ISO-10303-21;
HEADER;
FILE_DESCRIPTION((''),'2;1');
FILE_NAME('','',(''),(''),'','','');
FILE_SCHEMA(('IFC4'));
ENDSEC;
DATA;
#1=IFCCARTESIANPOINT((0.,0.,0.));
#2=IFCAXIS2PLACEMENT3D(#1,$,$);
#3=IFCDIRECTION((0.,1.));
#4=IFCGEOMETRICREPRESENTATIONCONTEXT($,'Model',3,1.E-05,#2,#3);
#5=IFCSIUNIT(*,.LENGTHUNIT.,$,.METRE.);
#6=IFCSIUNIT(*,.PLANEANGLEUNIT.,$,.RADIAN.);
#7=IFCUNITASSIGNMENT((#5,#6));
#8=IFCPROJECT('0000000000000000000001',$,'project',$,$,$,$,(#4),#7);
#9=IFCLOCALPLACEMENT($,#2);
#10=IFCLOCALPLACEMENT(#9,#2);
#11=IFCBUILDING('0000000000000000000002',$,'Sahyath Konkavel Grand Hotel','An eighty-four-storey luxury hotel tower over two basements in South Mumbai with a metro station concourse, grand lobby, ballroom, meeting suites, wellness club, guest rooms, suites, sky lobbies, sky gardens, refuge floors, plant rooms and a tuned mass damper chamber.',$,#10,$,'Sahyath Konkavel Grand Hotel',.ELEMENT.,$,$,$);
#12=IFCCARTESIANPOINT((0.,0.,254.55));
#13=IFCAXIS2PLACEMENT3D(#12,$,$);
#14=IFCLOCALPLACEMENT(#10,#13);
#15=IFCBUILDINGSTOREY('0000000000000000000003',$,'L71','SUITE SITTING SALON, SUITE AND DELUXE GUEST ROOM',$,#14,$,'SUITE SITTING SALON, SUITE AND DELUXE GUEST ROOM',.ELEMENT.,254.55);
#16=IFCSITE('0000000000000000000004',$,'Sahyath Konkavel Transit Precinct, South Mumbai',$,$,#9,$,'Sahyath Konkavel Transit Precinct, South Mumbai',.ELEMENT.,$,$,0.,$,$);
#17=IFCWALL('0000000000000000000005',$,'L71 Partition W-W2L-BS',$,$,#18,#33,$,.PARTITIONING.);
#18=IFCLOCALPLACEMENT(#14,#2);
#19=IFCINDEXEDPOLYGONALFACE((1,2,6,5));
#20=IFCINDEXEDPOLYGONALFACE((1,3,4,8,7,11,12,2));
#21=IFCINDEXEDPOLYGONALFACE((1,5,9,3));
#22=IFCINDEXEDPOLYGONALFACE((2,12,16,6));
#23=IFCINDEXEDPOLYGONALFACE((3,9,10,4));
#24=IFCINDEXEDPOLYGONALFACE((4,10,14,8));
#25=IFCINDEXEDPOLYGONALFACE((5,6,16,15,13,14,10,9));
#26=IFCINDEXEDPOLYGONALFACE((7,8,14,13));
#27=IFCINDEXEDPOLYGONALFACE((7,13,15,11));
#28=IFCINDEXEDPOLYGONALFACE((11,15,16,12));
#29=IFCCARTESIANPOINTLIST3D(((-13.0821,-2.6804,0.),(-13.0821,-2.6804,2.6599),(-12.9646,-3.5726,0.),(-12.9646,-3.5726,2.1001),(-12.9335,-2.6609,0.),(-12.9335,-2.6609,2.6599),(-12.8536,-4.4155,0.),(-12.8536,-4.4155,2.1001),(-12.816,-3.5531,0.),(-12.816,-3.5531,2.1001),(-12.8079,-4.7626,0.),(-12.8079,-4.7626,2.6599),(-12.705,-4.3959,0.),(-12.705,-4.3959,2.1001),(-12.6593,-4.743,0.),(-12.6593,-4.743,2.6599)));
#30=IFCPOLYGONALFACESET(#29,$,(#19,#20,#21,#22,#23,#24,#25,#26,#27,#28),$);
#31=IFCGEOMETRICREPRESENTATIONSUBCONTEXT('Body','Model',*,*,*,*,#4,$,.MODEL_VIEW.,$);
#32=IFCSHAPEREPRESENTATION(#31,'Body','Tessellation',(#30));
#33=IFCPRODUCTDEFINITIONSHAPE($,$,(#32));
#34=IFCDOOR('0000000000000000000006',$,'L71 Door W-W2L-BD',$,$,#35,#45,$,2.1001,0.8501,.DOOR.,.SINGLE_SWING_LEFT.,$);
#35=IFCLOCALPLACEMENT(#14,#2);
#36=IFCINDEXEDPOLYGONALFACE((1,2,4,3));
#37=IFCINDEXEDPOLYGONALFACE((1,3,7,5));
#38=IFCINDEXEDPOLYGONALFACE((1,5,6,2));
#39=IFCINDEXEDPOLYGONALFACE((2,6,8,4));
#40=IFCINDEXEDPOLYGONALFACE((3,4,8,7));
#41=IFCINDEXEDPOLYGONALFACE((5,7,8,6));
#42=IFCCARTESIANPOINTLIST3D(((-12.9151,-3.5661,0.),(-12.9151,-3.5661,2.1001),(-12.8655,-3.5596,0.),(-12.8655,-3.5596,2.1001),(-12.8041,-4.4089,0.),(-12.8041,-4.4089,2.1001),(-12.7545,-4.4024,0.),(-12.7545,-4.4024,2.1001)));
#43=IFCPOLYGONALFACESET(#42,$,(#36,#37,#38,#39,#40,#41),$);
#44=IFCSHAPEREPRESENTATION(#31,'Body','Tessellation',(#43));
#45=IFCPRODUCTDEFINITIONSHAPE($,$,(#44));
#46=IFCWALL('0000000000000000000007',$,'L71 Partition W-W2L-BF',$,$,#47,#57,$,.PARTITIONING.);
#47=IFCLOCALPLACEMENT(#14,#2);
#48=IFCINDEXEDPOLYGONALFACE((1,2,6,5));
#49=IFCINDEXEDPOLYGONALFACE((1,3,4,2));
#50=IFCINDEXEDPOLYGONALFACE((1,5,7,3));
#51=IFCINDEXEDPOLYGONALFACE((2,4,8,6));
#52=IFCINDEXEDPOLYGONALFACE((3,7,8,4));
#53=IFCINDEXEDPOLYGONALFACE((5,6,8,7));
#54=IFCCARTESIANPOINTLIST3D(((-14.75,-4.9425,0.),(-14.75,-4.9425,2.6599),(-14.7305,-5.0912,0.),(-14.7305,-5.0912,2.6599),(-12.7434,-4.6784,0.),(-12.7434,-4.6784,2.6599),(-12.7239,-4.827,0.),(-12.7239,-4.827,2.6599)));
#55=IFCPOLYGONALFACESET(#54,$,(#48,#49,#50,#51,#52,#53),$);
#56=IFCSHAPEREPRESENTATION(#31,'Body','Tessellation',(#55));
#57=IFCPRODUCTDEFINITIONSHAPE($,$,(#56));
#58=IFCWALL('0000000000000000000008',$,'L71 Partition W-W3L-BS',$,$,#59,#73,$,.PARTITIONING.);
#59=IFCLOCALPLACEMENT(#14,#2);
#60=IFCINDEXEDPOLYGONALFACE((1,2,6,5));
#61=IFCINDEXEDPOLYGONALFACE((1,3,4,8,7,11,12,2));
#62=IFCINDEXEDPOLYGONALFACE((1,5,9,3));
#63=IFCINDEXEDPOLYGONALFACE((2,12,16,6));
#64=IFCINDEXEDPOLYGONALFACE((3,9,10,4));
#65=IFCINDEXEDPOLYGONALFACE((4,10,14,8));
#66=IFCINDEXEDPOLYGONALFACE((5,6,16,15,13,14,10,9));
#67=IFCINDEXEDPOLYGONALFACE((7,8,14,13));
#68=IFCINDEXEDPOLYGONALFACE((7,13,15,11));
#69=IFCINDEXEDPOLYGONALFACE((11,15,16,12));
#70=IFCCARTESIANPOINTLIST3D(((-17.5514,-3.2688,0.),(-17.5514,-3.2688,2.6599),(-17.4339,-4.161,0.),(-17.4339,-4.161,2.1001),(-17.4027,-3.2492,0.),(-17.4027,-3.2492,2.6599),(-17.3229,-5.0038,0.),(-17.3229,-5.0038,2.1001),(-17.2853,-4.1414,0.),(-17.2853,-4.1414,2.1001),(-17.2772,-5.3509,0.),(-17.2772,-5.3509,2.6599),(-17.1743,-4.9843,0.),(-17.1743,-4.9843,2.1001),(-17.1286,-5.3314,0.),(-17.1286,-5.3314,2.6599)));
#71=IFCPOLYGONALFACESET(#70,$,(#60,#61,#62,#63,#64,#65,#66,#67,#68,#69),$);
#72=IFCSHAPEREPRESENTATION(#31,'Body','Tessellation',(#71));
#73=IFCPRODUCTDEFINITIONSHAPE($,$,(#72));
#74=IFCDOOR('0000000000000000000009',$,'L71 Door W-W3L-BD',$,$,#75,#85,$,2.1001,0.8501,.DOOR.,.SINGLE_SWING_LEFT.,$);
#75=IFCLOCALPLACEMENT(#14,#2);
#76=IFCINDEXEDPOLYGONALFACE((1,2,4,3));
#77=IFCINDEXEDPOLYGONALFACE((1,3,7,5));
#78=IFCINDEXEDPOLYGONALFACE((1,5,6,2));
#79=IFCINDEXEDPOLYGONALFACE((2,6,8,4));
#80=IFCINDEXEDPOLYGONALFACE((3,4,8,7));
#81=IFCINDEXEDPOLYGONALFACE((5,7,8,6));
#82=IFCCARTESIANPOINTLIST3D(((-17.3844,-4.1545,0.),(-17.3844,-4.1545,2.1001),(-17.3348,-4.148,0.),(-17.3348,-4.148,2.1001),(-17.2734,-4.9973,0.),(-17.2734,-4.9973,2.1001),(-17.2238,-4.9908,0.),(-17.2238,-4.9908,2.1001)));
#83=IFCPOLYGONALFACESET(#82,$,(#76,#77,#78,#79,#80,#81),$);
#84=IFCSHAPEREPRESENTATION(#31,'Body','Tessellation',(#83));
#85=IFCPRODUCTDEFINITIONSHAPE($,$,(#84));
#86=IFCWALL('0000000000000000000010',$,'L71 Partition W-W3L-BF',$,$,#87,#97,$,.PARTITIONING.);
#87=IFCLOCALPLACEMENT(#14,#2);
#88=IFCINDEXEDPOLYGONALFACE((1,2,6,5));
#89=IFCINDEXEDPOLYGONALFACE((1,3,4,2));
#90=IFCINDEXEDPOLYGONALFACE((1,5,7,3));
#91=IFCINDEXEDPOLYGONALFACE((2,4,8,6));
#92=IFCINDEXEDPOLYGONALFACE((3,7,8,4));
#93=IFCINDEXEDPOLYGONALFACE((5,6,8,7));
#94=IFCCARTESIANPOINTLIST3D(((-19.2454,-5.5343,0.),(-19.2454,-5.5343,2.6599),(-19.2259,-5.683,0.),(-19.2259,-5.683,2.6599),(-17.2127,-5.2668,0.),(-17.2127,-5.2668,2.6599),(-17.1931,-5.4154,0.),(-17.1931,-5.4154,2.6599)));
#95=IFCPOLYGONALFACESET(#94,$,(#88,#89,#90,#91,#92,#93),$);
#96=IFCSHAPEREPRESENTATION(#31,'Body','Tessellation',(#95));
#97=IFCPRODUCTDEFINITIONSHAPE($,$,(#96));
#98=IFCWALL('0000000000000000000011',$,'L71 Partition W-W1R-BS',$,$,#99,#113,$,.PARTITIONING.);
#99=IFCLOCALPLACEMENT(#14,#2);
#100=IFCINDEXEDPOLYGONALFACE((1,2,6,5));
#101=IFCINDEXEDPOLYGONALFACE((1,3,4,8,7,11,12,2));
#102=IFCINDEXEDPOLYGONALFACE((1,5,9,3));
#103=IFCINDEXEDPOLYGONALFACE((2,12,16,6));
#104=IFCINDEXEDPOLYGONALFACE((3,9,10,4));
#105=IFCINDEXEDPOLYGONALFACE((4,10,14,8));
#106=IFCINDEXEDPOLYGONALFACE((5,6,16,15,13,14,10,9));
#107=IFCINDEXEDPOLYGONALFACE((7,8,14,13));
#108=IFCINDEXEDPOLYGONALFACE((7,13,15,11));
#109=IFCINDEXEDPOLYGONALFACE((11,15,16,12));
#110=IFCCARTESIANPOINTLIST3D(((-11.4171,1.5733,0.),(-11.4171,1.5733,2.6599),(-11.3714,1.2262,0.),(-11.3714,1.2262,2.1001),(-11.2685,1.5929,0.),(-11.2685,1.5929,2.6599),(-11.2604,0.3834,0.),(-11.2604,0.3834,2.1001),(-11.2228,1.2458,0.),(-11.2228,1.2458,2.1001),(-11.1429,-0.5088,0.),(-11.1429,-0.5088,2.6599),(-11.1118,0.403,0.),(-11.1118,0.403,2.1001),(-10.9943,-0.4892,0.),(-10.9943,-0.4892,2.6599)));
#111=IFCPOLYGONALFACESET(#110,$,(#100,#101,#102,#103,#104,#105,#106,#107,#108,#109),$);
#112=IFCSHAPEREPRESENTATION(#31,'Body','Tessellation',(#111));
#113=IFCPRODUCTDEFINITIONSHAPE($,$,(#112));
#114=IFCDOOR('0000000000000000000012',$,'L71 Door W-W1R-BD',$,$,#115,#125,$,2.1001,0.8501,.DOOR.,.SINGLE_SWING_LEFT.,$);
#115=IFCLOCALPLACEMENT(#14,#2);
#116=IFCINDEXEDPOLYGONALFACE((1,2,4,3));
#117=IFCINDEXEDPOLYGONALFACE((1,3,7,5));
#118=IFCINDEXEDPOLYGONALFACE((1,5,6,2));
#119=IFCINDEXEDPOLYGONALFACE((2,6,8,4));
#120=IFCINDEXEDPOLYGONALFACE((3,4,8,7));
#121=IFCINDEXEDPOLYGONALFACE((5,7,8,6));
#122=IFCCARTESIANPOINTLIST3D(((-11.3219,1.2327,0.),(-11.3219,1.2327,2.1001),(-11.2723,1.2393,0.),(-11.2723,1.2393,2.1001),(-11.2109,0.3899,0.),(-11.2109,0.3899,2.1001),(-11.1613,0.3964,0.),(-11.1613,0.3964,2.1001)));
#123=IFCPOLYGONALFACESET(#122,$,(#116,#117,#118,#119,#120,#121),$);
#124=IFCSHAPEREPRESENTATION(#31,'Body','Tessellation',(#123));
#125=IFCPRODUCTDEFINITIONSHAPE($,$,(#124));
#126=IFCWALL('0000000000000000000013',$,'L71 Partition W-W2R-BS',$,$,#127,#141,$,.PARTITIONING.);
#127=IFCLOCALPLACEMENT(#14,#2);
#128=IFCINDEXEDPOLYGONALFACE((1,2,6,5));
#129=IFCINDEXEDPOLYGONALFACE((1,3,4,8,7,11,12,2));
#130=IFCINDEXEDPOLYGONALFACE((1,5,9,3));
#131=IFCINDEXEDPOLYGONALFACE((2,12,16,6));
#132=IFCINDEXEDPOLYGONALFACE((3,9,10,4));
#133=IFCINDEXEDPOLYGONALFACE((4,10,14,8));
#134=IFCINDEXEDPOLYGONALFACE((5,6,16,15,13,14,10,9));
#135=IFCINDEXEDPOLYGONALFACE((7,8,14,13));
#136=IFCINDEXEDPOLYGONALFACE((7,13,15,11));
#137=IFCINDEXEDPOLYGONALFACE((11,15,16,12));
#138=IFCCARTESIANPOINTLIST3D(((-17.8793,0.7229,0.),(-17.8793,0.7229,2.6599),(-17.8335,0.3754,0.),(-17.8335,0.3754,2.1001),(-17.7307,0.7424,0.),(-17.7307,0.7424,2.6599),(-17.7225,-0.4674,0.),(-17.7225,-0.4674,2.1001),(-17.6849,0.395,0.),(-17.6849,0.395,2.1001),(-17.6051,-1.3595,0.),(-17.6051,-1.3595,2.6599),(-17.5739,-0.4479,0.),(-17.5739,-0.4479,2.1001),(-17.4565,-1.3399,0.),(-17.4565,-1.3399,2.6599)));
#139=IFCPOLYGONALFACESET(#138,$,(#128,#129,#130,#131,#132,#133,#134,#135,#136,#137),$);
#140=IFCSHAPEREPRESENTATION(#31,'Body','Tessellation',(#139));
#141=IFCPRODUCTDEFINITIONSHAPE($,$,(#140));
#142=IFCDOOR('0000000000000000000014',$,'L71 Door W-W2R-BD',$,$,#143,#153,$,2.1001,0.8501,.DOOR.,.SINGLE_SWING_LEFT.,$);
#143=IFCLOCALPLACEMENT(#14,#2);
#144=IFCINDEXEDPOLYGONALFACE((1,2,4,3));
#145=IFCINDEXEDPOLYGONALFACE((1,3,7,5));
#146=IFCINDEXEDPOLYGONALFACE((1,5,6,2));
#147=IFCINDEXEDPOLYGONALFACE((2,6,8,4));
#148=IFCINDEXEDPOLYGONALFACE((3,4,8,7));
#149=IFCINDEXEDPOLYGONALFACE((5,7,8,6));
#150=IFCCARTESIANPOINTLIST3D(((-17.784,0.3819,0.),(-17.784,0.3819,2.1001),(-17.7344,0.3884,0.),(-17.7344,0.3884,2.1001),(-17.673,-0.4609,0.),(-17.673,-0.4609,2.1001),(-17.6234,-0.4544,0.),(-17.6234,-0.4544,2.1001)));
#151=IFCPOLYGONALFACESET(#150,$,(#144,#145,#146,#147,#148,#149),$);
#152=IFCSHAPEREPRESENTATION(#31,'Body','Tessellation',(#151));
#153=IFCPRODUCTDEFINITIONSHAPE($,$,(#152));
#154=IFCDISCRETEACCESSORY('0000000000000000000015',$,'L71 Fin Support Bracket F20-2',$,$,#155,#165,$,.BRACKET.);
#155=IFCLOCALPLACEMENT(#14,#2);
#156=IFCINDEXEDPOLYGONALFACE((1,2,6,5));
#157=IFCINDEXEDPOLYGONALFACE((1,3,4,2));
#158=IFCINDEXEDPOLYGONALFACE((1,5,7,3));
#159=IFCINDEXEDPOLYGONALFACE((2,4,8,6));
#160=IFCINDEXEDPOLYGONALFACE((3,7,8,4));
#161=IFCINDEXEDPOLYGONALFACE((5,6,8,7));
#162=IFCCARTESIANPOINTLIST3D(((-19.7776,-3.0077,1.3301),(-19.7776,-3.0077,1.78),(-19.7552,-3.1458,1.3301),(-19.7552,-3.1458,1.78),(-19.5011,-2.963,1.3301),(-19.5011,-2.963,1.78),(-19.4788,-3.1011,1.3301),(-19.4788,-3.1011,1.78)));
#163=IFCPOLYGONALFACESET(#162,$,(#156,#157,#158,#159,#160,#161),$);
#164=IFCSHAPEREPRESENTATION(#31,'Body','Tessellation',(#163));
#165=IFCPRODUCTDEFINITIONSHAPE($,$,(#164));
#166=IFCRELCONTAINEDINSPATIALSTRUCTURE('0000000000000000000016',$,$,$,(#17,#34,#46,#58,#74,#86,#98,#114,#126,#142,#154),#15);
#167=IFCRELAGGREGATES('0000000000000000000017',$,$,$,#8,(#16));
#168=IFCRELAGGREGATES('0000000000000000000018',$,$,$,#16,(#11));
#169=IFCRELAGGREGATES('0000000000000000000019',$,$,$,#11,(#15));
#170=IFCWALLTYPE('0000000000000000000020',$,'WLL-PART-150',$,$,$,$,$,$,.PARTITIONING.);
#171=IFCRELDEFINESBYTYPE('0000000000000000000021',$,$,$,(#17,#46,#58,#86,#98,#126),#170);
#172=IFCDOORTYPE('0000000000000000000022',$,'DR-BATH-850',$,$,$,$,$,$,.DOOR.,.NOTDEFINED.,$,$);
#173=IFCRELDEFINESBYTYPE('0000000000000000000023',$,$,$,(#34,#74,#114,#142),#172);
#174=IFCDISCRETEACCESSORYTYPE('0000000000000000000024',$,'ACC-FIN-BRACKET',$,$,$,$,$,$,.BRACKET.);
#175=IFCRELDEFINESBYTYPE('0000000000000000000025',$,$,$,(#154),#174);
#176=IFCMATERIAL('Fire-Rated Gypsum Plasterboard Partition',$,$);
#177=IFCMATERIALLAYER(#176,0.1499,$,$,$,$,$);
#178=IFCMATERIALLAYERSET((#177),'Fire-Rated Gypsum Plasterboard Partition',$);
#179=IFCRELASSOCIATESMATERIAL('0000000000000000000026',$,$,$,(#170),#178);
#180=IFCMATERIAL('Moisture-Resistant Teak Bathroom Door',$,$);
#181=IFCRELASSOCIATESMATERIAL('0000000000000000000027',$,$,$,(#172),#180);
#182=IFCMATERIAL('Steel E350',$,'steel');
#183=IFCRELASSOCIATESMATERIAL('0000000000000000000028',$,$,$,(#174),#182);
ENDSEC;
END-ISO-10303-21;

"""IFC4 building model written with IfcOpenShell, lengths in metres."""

from ifc_helpers import new_model, si_unit, direction, frame, frame_2d, origin, origin_2d, place, context, subcontext, project, spatial, rectangle, extrude, source, transform, mapped, material, layer, layer_set, type_object, element, fill, save


model = new_model("IFC4")

# Units and contexts
model_context = context("Model", 3, precision=1e-05, world=origin(), true_north=direction((0.0, 1.0)))
body_context = subcontext(model_context, "Body", "Model", "MODEL_VIEW")
ifc_project = project(units=[si_unit("LENGTHUNIT", "METRE"), si_unit("PLANEANGLEUNIT", "RADIAN")], contexts=[model_context])

# Site, building, storey
site_placement = place(None, origin())
site = spatial("IfcSite", under=ifc_project, at=site_placement, Name="Sahyath Konkavel Transit Precinct, South Mumbai", LongName="Sahyath Konkavel Transit Precinct, South Mumbai", CompositionType="ELEMENT", RefElevation=0.0)
building_placement = place(site_placement, origin())
building = spatial("IfcBuilding", under=site, at=building_placement, Name="Sahyath Konkavel Grand Hotel", Description="An eighty-four-storey luxury hotel tower over two basements in South Mumbai with a metro station concourse, grand lobby, ballroom, meeting suites, wellness club, guest rooms, suites, sky lobbies, sky gardens, refuge floors, plant rooms and a tuned mass damper chamber.", LongName="Sahyath Konkavel Grand Hotel", CompositionType="ELEMENT")
storey_placement = place(building_placement, frame((0.0, 0.0, 254.55)))
storey = spatial("IfcBuildingStorey", under=building, at=storey_placement, Name="L71", Description="SUITE SITTING SALON, SUITE AND DELUXE GUEST ROOM", LongName="SUITE SITTING SALON, SUITE AND DELUXE GUEST ROOM", CompositionType="ELEMENT", Elevation=254.55)

# Shared definitions
ifc_material_1 = material(Name="Steel E350", Category="steel")

# Wall, opening, door
ifc_material_2 = material(Name="Fire-Rated Gypsum Plasterboard Partition")
ifc_layer_1 = layer(ifc_material_2, 0.1499)
ifc_layer_set_1 = layer_set([ifc_layer_1], Name="Fire-Rated Gypsum Plasterboard Partition")
wall_type_1 = type_object("IfcWallType", Name="WLL-PART-150", PredefinedType="PARTITIONING", material=ifc_layer_set_1)
wall_1_placement = place(storey_placement, frame((-13.0078, -2.6707, 0.0), z_axis=(0.0, 0.0, 1.0), x_axis=(0.130557, -0.991441, 0.0)))
wall_1 = element("IfcWall", 1, at=wall_1_placement, inside=storey, type_object=wall_type_1, Name="L71 Partition W-W2L-BS", PredefinedType="PARTITIONING", context=body_context, shape_type="SweptSolid", body=[
    extrude(rectangle(XDim=2.1001, YDim=0.1499, at=frame_2d((1.05, 0.0))), origin(), (0.0, 0.0, 1.0), 2.6599),
])
opening_1_placement = place(wall_1_placement, frame((0.8999, 0.0, 0.0)))
opening_1 = element("IfcOpeningElement", 2, at=opening_1_placement, cuts=wall_1, PredefinedType="OPENING", context=body_context, shape_type="SweptSolid", body=[
    extrude(rectangle(XDim=0.8501, YDim=2.1001, at=frame_2d((0.425, 1.05))), frame((0.0, 0.085, 0.0), z_axis=(0.0, -1.0, 0.0), x_axis=(1.0, 0.0, 0.0)), (0.0, 0.0, 1.0), 0.1699),
])
ifc_material_3 = material(Name="Moisture-Resistant Teak Bathroom Door")
door_type = type_object("IfcDoorType", Name="DR-BATH-850", OperationType="NOTDEFINED", PredefinedType="DOOR", material=ifc_material_3)
shared_shape_1 = source(origin(), body_context, "Body", "SweptSolid", [
    extrude(rectangle(XDim=0.8501, YDim=0.05, at=origin_2d()), origin(), (0.0, 0.0, 1.0), 2.1001),
])
door_1_placement = place(opening_1_placement, frame((0.425, 0.0, 0.0)))
door_1 = element("IfcDoor", 3, at=door_1_placement, inside=storey, type_object=door_type, Name="L71 Door W-W2L-BD", OperationType="SINGLE_SWING_LEFT", OverallHeight=2.1001, OverallWidth=0.8501, PredefinedType="DOOR", context=body_context, shape_type="MappedRepresentation", body=[
    mapped(shared_shape_1, transform((0.0, 0.0, 0.0), scale=1.0)),
])
fill(opening_1, door_1)

# Wall
wall_2_placement = place(storey_placement, frame((-12.7336, -4.7527, 0.0), z_axis=(0.0, 0.0, 1.0), x_axis=(-0.991446, -0.13052, 0.0)))
element("IfcWall", 4, at=wall_2_placement, inside=storey, type_object=wall_type_1, Name="L71 Partition W-W2L-BF", PredefinedType="PARTITIONING", context=body_context, shape_type="SweptSolid", body=[
    extrude(rectangle(XDim=2.0239, YDim=0.1499, at=frame_2d((1.012, 0.0))), origin(), (0.0, 0.0, 1.0), 2.6599),
])

# Wall, opening, door
wall_3_placement = place(storey_placement, frame((-17.4771, -3.259, 0.0), z_axis=(0.0, 0.0, 1.0), x_axis=(0.130557, -0.991441, 0.0)))
wall_3 = element("IfcWall", 5, at=wall_3_placement, inside=storey, type_object=wall_type_1, Name="L71 Partition W-W3L-BS", PredefinedType="PARTITIONING", context=body_context, shape_type="SweptSolid", body=[
    extrude(rectangle(XDim=2.1001, YDim=0.1499, at=frame_2d((1.05, 0.0))), origin(), (0.0, 0.0, 1.0), 2.6599),
])
opening_2_placement = place(wall_3_placement, frame((0.8999, 0.0, 0.0)))
opening_2 = element("IfcOpeningElement", 6, at=opening_2_placement, cuts=wall_3, PredefinedType="OPENING", context=body_context, shape_type="SweptSolid", body=[
    extrude(rectangle(XDim=0.8501, YDim=2.1001, at=frame_2d((0.425, 1.05))), frame((0.0, 0.085, 0.0), z_axis=(0.0, -1.0, 0.0), x_axis=(1.0, 0.0, 0.0)), (0.0, 0.0, 1.0), 0.1699),
])
door_2_placement = place(opening_2_placement, frame((0.425, 0.0, 0.0)))
door_2 = element("IfcDoor", 7, at=door_2_placement, inside=storey, type_object=door_type, Name="L71 Door W-W3L-BD", OperationType="SINGLE_SWING_LEFT", OverallHeight=2.1001, OverallWidth=0.8501, PredefinedType="DOOR", context=body_context, shape_type="MappedRepresentation", body=[
    mapped(shared_shape_1, transform((0.0, 0.0, 0.0), scale=1.0)),
])
fill(opening_2, door_2)

# Wall
wall_4_placement = place(storey_placement, frame((-17.2029, -5.3411, 0.0), z_axis=(0.0, 0.0, 1.0), x_axis=(-0.991447, -0.13051, 0.0)))
element("IfcWall", 8, at=wall_4_placement, inside=storey, type_object=wall_type_1, Name="L71 Partition W-W3L-BF", PredefinedType="PARTITIONING", context=body_context, shape_type="SweptSolid", body=[
    extrude(rectangle(XDim=2.0503, YDim=0.1499, at=frame_2d((1.0251, 0.0))), origin(), (0.0, 0.0, 1.0), 2.6599),
])

# Walls, openings, doors
wall_5_placement = place(storey_placement, frame((-11.0686, -0.499, 0.0), z_axis=(0.0, 0.0, 1.0), x_axis=(-0.130557, 0.991441, 0.0)))
wall_5 = element("IfcWall", 9, at=wall_5_placement, inside=storey, type_object=wall_type_1, Name="L71 Partition W-W1R-BS", PredefinedType="PARTITIONING", context=body_context, shape_type="SweptSolid", body=[
    extrude(rectangle(XDim=2.1001, YDim=0.1499, at=frame_2d((1.05, 0.0))), origin(), (0.0, 0.0, 1.0), 2.6599),
])
opening_3_placement = place(wall_5_placement, frame((0.8999, 0.0, 0.0)))
opening_3 = element("IfcOpeningElement", 10, at=opening_3_placement, cuts=wall_5, PredefinedType="OPENING", context=body_context, shape_type="SweptSolid", body=[
    extrude(rectangle(XDim=0.8501, YDim=2.1001, at=frame_2d((0.425, 1.05))), frame((0.0, 0.085, 0.0), z_axis=(0.0, -1.0, 0.0), x_axis=(1.0, 0.0, 0.0)), (0.0, 0.0, 1.0), 0.1699),
])
door_3_placement = place(opening_3_placement, frame((0.425, 0.0, 0.0)))
door_3 = element("IfcDoor", 11, at=door_3_placement, inside=storey, type_object=door_type, Name="L71 Door W-W1R-BD", OperationType="SINGLE_SWING_LEFT", OverallHeight=2.1001, OverallWidth=0.8501, PredefinedType="DOOR", context=body_context, shape_type="MappedRepresentation", body=[
    mapped(shared_shape_1, transform((0.0, 0.0, 0.0), scale=1.0)),
])
fill(opening_3, door_3)
wall_6_placement = place(storey_placement, frame((-17.5308, -1.3499, 0.0), z_axis=(0.0, 0.0, 1.0), x_axis=(-0.130542, 0.991443, 0.0)))
wall_6 = element("IfcWall", 12, at=wall_6_placement, inside=storey, type_object=wall_type_1, Name="L71 Partition W-W2R-BS", PredefinedType="PARTITIONING", context=body_context, shape_type="SweptSolid", body=[
    extrude(rectangle(XDim=2.1003, YDim=0.1499, at=frame_2d((1.0503, 0.0))), origin(), (0.0, 0.0, 1.0), 2.6599),
])
opening_4_placement = place(wall_6_placement, frame((0.8999, 0.0, 0.0)))
opening_4 = element("IfcOpeningElement", 13, at=opening_4_placement, cuts=wall_6, PredefinedType="OPENING", context=body_context, shape_type="SweptSolid", body=[
    extrude(rectangle(XDim=0.8501, YDim=2.1001, at=frame_2d((0.425, 1.05))), frame((0.0, 0.085, 0.0), z_axis=(0.0, -1.0, 0.0), x_axis=(1.0, 0.0, 0.0)), (0.0, 0.0, 1.0), 0.1699),
])
door_4_placement = place(opening_4_placement, frame((0.425, 0.0, 0.0)))
door_4 = element("IfcDoor", 14, at=door_4_placement, inside=storey, type_object=door_type, Name="L71 Door W-W2R-BD", OperationType="SINGLE_SWING_LEFT", OverallHeight=2.1001, OverallWidth=0.8501, PredefinedType="DOOR", context=body_context, shape_type="MappedRepresentation", body=[
    mapped(shared_shape_1, transform((0.0, 0.0, 0.0), scale=1.0)),
])
fill(opening_4, door_4)

# Discrete accessory
discrete_accessory_type = type_object("IfcDiscreteAccessoryType", Name="ACC-FIN-BRACKET", PredefinedType="BRACKET", material=ifc_material_1)
shared_shape_2 = source(origin(), body_context, "Body", "SweptSolid", [
    extrude(rectangle(XDim=0.28, YDim=0.1399, at=origin_2d()), origin(), (0.0, 0.0, 1.0), 0.45),
])
discrete_accessory_placement = place(storey_placement, frame((-19.6282, -3.0544, 1.3301), z_axis=(0.0, 0.0, 1.0), x_axis=(-0.987181, -0.159606, 0.0)))
element("IfcDiscreteAccessory", 15, at=discrete_accessory_placement, inside=storey, type_object=discrete_accessory_type, Name="L71 Fin Support Bracket F20-2", PredefinedType="BRACKET", context=body_context, shape_type="MappedRepresentation", body=[
    mapped(shared_shape_2, transform((0.0, 0.0, 0.0), scale=1.0)),
])

save(model, "model.ifc")
